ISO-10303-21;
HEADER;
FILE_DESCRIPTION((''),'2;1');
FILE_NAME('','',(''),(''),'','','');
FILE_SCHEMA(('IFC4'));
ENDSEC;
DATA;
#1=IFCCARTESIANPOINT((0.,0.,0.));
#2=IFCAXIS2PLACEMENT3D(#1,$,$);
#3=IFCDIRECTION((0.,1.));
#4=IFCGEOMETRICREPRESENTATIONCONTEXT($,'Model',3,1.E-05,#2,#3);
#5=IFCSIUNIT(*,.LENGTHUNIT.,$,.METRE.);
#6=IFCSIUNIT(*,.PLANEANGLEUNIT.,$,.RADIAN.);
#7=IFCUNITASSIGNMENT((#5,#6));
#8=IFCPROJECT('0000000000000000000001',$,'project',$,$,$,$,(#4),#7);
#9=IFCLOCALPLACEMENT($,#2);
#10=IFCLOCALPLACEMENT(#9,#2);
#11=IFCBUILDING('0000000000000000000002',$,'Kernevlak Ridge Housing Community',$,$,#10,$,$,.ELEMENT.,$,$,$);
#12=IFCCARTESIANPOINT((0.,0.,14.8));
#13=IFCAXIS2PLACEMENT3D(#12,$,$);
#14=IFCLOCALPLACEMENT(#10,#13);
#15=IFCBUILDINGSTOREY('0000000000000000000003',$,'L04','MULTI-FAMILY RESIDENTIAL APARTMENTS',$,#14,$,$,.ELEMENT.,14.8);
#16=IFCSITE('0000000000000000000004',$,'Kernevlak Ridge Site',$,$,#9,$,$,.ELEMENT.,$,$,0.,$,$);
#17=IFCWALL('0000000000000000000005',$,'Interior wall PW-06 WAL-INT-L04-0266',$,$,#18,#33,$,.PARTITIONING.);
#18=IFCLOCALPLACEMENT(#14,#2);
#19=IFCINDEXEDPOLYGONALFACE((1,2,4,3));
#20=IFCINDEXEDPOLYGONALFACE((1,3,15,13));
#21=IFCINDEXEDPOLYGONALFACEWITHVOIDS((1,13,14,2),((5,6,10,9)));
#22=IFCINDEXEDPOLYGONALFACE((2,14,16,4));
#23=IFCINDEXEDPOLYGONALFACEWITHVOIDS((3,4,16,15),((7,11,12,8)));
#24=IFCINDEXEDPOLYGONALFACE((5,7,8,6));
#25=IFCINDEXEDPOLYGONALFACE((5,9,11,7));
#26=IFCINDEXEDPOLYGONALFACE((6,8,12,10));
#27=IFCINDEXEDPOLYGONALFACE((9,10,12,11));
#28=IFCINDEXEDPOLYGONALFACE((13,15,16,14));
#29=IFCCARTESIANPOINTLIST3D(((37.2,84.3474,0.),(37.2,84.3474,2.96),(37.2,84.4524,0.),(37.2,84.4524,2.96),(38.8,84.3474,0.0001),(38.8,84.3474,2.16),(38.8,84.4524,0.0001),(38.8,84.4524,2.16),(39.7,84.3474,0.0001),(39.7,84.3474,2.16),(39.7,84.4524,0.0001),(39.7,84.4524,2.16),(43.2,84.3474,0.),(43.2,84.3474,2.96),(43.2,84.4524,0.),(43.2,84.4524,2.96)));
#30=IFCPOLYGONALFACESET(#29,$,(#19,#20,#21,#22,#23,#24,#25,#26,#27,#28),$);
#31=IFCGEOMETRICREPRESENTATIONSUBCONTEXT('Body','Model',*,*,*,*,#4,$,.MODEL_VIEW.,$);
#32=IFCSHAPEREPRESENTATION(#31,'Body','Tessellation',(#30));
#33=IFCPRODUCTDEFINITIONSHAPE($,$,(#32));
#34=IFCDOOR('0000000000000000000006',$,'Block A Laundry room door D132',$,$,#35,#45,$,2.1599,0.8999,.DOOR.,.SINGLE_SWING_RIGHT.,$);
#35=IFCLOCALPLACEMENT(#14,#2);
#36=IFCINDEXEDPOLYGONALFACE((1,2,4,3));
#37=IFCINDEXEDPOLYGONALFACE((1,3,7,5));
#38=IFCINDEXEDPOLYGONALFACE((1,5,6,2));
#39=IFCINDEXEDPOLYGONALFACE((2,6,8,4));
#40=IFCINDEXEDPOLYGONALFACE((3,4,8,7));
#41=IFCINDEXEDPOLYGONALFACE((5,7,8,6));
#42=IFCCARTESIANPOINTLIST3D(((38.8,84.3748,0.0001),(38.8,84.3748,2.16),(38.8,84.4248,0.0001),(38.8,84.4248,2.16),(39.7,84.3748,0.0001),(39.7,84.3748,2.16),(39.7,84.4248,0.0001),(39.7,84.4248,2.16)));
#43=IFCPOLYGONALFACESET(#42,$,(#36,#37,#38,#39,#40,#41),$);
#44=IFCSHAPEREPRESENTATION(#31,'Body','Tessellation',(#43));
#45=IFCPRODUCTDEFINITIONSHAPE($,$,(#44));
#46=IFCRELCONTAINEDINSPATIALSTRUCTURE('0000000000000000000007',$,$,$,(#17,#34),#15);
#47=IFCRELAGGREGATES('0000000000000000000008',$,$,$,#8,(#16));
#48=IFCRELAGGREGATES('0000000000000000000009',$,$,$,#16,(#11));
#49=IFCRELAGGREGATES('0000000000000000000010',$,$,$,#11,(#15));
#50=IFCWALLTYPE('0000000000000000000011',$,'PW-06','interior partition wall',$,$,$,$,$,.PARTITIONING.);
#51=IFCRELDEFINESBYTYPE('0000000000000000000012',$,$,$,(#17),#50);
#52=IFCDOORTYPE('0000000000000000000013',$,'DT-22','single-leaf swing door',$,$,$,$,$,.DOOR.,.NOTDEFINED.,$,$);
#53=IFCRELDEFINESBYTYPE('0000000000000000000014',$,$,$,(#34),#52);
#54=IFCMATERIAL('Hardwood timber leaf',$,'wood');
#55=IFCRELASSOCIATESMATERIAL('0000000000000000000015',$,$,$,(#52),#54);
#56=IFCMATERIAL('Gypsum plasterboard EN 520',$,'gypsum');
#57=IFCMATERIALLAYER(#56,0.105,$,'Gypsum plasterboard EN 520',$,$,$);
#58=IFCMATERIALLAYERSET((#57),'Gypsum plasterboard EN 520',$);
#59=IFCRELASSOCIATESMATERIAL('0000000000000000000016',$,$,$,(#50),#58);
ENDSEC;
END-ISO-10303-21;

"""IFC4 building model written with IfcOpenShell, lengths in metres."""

from ifc_helpers import new_model, si_unit, direction, frame, frame_2d, origin, place, context, subcontext, project, spatial, rectangle, extrude, material, layer, layer_set, type_object, element, fill, save


model = new_model("IFC4")

# Units and contexts
model_context = context("Model", 3, precision=1e-05, world=origin(), true_north=direction((0.0, 1.0)))
body_context = subcontext(model_context, "Body", "Model", "MODEL_VIEW")
ifc_project = project(units=[si_unit("LENGTHUNIT", "METRE"), si_unit("PLANEANGLEUNIT", "RADIAN")], contexts=[model_context])

# Site, building, storey
site_placement = place(None, origin())
site = spatial("IfcSite", under=ifc_project, at=site_placement, Name="Kernevlak Ridge Site", CompositionType="ELEMENT", RefElevation=0.0)
building_placement = place(site_placement, origin())
building = spatial("IfcBuilding", under=site, at=building_placement, Name="Kernevlak Ridge Housing Community", CompositionType="ELEMENT")
storey_placement = place(building_placement, frame((0.0, 0.0, 14.8)))
storey = spatial("IfcBuildingStorey", under=building, at=storey_placement, Name="L04", Description="MULTI-FAMILY RESIDENTIAL APARTMENTS", CompositionType="ELEMENT", Elevation=14.8)

# Wall, opening, door
ifc_material_1 = material(Name="Hardwood timber leaf", Category="wood")
ifc_material_2 = material(Name="Gypsum plasterboard EN 520", Category="gypsum")
door_type_1 = type_object("IfcDoorType", Name="DT-22", Description="single-leaf swing door", OperationType="NOTDEFINED", PredefinedType="DOOR", material=ifc_material_1)
ifc_layer_1 = layer(ifc_material_2, 0.105, Name="Gypsum plasterboard EN 520")
ifc_layer_set_1 = layer_set([ifc_layer_1], Name="Gypsum plasterboard EN 520")
wall_type_1 = type_object("IfcWallType", Name="PW-06", Description="interior partition wall", PredefinedType="PARTITIONING", material=ifc_layer_set_1)
wall_1_placement = place(storey_placement, frame((37.2, 84.3999, 0.0), z_axis=(0.0, 0.0, 1.0), x_axis=(1.0, 0.0, 0.0)))
wall_1 = element("IfcWall", 1, at=wall_1_placement, inside=storey, type_object=wall_type_1, Name="Interior wall PW-06 WAL-INT-L04-0266", PredefinedType="PARTITIONING", context=body_context, shape_type="SweptSolid", body=[
    extrude(rectangle(XDim=6.0, YDim=0.105, at=frame_2d((3.0, 0.0))), origin(), (0.0, 0.0, 1.0), 2.96),
])
opening_1_placement = place(wall_1_placement, frame((1.6001, 0.0, 0.0)))
opening_1 = element("IfcOpeningElement", 2, at=opening_1_placement, cuts=wall_1, PredefinedType="OPENING", context=body_context, shape_type="SweptSolid", body=[
    extrude(rectangle(XDim=0.8999, YDim=2.1599, at=frame_2d((0.45, 1.0801))), frame((0.0, 0.0625, 0.0), z_axis=(0.0, -1.0, 0.0), x_axis=(1.0, 0.0, 0.0)), (0.0, 0.0, 1.0), 0.125),
])
door_1_placement = place(opening_1_placement, origin())
door_1 = element("IfcDoor", 3, at=door_1_placement, inside=storey, type_object=door_type_1, Name="Block A Laundry room door D132", OperationType="SINGLE_SWING_RIGHT", OverallHeight=2.1599, OverallWidth=0.8999, PredefinedType="DOOR", context=body_context, shape_type="SweptSolid", body=[
    extrude(rectangle(XDim=0.8999, YDim=2.1599, at=frame_2d((0.45, 1.0801))), frame((0.0, 0.0249, 0.0), z_axis=(0.0, -1.0, 0.0), x_axis=(1.0, 0.0, 0.0)), (0.0, 0.0, 1.0), 0.05),
])
fill(opening_1, door_1)

save(model, "model.ifc")
